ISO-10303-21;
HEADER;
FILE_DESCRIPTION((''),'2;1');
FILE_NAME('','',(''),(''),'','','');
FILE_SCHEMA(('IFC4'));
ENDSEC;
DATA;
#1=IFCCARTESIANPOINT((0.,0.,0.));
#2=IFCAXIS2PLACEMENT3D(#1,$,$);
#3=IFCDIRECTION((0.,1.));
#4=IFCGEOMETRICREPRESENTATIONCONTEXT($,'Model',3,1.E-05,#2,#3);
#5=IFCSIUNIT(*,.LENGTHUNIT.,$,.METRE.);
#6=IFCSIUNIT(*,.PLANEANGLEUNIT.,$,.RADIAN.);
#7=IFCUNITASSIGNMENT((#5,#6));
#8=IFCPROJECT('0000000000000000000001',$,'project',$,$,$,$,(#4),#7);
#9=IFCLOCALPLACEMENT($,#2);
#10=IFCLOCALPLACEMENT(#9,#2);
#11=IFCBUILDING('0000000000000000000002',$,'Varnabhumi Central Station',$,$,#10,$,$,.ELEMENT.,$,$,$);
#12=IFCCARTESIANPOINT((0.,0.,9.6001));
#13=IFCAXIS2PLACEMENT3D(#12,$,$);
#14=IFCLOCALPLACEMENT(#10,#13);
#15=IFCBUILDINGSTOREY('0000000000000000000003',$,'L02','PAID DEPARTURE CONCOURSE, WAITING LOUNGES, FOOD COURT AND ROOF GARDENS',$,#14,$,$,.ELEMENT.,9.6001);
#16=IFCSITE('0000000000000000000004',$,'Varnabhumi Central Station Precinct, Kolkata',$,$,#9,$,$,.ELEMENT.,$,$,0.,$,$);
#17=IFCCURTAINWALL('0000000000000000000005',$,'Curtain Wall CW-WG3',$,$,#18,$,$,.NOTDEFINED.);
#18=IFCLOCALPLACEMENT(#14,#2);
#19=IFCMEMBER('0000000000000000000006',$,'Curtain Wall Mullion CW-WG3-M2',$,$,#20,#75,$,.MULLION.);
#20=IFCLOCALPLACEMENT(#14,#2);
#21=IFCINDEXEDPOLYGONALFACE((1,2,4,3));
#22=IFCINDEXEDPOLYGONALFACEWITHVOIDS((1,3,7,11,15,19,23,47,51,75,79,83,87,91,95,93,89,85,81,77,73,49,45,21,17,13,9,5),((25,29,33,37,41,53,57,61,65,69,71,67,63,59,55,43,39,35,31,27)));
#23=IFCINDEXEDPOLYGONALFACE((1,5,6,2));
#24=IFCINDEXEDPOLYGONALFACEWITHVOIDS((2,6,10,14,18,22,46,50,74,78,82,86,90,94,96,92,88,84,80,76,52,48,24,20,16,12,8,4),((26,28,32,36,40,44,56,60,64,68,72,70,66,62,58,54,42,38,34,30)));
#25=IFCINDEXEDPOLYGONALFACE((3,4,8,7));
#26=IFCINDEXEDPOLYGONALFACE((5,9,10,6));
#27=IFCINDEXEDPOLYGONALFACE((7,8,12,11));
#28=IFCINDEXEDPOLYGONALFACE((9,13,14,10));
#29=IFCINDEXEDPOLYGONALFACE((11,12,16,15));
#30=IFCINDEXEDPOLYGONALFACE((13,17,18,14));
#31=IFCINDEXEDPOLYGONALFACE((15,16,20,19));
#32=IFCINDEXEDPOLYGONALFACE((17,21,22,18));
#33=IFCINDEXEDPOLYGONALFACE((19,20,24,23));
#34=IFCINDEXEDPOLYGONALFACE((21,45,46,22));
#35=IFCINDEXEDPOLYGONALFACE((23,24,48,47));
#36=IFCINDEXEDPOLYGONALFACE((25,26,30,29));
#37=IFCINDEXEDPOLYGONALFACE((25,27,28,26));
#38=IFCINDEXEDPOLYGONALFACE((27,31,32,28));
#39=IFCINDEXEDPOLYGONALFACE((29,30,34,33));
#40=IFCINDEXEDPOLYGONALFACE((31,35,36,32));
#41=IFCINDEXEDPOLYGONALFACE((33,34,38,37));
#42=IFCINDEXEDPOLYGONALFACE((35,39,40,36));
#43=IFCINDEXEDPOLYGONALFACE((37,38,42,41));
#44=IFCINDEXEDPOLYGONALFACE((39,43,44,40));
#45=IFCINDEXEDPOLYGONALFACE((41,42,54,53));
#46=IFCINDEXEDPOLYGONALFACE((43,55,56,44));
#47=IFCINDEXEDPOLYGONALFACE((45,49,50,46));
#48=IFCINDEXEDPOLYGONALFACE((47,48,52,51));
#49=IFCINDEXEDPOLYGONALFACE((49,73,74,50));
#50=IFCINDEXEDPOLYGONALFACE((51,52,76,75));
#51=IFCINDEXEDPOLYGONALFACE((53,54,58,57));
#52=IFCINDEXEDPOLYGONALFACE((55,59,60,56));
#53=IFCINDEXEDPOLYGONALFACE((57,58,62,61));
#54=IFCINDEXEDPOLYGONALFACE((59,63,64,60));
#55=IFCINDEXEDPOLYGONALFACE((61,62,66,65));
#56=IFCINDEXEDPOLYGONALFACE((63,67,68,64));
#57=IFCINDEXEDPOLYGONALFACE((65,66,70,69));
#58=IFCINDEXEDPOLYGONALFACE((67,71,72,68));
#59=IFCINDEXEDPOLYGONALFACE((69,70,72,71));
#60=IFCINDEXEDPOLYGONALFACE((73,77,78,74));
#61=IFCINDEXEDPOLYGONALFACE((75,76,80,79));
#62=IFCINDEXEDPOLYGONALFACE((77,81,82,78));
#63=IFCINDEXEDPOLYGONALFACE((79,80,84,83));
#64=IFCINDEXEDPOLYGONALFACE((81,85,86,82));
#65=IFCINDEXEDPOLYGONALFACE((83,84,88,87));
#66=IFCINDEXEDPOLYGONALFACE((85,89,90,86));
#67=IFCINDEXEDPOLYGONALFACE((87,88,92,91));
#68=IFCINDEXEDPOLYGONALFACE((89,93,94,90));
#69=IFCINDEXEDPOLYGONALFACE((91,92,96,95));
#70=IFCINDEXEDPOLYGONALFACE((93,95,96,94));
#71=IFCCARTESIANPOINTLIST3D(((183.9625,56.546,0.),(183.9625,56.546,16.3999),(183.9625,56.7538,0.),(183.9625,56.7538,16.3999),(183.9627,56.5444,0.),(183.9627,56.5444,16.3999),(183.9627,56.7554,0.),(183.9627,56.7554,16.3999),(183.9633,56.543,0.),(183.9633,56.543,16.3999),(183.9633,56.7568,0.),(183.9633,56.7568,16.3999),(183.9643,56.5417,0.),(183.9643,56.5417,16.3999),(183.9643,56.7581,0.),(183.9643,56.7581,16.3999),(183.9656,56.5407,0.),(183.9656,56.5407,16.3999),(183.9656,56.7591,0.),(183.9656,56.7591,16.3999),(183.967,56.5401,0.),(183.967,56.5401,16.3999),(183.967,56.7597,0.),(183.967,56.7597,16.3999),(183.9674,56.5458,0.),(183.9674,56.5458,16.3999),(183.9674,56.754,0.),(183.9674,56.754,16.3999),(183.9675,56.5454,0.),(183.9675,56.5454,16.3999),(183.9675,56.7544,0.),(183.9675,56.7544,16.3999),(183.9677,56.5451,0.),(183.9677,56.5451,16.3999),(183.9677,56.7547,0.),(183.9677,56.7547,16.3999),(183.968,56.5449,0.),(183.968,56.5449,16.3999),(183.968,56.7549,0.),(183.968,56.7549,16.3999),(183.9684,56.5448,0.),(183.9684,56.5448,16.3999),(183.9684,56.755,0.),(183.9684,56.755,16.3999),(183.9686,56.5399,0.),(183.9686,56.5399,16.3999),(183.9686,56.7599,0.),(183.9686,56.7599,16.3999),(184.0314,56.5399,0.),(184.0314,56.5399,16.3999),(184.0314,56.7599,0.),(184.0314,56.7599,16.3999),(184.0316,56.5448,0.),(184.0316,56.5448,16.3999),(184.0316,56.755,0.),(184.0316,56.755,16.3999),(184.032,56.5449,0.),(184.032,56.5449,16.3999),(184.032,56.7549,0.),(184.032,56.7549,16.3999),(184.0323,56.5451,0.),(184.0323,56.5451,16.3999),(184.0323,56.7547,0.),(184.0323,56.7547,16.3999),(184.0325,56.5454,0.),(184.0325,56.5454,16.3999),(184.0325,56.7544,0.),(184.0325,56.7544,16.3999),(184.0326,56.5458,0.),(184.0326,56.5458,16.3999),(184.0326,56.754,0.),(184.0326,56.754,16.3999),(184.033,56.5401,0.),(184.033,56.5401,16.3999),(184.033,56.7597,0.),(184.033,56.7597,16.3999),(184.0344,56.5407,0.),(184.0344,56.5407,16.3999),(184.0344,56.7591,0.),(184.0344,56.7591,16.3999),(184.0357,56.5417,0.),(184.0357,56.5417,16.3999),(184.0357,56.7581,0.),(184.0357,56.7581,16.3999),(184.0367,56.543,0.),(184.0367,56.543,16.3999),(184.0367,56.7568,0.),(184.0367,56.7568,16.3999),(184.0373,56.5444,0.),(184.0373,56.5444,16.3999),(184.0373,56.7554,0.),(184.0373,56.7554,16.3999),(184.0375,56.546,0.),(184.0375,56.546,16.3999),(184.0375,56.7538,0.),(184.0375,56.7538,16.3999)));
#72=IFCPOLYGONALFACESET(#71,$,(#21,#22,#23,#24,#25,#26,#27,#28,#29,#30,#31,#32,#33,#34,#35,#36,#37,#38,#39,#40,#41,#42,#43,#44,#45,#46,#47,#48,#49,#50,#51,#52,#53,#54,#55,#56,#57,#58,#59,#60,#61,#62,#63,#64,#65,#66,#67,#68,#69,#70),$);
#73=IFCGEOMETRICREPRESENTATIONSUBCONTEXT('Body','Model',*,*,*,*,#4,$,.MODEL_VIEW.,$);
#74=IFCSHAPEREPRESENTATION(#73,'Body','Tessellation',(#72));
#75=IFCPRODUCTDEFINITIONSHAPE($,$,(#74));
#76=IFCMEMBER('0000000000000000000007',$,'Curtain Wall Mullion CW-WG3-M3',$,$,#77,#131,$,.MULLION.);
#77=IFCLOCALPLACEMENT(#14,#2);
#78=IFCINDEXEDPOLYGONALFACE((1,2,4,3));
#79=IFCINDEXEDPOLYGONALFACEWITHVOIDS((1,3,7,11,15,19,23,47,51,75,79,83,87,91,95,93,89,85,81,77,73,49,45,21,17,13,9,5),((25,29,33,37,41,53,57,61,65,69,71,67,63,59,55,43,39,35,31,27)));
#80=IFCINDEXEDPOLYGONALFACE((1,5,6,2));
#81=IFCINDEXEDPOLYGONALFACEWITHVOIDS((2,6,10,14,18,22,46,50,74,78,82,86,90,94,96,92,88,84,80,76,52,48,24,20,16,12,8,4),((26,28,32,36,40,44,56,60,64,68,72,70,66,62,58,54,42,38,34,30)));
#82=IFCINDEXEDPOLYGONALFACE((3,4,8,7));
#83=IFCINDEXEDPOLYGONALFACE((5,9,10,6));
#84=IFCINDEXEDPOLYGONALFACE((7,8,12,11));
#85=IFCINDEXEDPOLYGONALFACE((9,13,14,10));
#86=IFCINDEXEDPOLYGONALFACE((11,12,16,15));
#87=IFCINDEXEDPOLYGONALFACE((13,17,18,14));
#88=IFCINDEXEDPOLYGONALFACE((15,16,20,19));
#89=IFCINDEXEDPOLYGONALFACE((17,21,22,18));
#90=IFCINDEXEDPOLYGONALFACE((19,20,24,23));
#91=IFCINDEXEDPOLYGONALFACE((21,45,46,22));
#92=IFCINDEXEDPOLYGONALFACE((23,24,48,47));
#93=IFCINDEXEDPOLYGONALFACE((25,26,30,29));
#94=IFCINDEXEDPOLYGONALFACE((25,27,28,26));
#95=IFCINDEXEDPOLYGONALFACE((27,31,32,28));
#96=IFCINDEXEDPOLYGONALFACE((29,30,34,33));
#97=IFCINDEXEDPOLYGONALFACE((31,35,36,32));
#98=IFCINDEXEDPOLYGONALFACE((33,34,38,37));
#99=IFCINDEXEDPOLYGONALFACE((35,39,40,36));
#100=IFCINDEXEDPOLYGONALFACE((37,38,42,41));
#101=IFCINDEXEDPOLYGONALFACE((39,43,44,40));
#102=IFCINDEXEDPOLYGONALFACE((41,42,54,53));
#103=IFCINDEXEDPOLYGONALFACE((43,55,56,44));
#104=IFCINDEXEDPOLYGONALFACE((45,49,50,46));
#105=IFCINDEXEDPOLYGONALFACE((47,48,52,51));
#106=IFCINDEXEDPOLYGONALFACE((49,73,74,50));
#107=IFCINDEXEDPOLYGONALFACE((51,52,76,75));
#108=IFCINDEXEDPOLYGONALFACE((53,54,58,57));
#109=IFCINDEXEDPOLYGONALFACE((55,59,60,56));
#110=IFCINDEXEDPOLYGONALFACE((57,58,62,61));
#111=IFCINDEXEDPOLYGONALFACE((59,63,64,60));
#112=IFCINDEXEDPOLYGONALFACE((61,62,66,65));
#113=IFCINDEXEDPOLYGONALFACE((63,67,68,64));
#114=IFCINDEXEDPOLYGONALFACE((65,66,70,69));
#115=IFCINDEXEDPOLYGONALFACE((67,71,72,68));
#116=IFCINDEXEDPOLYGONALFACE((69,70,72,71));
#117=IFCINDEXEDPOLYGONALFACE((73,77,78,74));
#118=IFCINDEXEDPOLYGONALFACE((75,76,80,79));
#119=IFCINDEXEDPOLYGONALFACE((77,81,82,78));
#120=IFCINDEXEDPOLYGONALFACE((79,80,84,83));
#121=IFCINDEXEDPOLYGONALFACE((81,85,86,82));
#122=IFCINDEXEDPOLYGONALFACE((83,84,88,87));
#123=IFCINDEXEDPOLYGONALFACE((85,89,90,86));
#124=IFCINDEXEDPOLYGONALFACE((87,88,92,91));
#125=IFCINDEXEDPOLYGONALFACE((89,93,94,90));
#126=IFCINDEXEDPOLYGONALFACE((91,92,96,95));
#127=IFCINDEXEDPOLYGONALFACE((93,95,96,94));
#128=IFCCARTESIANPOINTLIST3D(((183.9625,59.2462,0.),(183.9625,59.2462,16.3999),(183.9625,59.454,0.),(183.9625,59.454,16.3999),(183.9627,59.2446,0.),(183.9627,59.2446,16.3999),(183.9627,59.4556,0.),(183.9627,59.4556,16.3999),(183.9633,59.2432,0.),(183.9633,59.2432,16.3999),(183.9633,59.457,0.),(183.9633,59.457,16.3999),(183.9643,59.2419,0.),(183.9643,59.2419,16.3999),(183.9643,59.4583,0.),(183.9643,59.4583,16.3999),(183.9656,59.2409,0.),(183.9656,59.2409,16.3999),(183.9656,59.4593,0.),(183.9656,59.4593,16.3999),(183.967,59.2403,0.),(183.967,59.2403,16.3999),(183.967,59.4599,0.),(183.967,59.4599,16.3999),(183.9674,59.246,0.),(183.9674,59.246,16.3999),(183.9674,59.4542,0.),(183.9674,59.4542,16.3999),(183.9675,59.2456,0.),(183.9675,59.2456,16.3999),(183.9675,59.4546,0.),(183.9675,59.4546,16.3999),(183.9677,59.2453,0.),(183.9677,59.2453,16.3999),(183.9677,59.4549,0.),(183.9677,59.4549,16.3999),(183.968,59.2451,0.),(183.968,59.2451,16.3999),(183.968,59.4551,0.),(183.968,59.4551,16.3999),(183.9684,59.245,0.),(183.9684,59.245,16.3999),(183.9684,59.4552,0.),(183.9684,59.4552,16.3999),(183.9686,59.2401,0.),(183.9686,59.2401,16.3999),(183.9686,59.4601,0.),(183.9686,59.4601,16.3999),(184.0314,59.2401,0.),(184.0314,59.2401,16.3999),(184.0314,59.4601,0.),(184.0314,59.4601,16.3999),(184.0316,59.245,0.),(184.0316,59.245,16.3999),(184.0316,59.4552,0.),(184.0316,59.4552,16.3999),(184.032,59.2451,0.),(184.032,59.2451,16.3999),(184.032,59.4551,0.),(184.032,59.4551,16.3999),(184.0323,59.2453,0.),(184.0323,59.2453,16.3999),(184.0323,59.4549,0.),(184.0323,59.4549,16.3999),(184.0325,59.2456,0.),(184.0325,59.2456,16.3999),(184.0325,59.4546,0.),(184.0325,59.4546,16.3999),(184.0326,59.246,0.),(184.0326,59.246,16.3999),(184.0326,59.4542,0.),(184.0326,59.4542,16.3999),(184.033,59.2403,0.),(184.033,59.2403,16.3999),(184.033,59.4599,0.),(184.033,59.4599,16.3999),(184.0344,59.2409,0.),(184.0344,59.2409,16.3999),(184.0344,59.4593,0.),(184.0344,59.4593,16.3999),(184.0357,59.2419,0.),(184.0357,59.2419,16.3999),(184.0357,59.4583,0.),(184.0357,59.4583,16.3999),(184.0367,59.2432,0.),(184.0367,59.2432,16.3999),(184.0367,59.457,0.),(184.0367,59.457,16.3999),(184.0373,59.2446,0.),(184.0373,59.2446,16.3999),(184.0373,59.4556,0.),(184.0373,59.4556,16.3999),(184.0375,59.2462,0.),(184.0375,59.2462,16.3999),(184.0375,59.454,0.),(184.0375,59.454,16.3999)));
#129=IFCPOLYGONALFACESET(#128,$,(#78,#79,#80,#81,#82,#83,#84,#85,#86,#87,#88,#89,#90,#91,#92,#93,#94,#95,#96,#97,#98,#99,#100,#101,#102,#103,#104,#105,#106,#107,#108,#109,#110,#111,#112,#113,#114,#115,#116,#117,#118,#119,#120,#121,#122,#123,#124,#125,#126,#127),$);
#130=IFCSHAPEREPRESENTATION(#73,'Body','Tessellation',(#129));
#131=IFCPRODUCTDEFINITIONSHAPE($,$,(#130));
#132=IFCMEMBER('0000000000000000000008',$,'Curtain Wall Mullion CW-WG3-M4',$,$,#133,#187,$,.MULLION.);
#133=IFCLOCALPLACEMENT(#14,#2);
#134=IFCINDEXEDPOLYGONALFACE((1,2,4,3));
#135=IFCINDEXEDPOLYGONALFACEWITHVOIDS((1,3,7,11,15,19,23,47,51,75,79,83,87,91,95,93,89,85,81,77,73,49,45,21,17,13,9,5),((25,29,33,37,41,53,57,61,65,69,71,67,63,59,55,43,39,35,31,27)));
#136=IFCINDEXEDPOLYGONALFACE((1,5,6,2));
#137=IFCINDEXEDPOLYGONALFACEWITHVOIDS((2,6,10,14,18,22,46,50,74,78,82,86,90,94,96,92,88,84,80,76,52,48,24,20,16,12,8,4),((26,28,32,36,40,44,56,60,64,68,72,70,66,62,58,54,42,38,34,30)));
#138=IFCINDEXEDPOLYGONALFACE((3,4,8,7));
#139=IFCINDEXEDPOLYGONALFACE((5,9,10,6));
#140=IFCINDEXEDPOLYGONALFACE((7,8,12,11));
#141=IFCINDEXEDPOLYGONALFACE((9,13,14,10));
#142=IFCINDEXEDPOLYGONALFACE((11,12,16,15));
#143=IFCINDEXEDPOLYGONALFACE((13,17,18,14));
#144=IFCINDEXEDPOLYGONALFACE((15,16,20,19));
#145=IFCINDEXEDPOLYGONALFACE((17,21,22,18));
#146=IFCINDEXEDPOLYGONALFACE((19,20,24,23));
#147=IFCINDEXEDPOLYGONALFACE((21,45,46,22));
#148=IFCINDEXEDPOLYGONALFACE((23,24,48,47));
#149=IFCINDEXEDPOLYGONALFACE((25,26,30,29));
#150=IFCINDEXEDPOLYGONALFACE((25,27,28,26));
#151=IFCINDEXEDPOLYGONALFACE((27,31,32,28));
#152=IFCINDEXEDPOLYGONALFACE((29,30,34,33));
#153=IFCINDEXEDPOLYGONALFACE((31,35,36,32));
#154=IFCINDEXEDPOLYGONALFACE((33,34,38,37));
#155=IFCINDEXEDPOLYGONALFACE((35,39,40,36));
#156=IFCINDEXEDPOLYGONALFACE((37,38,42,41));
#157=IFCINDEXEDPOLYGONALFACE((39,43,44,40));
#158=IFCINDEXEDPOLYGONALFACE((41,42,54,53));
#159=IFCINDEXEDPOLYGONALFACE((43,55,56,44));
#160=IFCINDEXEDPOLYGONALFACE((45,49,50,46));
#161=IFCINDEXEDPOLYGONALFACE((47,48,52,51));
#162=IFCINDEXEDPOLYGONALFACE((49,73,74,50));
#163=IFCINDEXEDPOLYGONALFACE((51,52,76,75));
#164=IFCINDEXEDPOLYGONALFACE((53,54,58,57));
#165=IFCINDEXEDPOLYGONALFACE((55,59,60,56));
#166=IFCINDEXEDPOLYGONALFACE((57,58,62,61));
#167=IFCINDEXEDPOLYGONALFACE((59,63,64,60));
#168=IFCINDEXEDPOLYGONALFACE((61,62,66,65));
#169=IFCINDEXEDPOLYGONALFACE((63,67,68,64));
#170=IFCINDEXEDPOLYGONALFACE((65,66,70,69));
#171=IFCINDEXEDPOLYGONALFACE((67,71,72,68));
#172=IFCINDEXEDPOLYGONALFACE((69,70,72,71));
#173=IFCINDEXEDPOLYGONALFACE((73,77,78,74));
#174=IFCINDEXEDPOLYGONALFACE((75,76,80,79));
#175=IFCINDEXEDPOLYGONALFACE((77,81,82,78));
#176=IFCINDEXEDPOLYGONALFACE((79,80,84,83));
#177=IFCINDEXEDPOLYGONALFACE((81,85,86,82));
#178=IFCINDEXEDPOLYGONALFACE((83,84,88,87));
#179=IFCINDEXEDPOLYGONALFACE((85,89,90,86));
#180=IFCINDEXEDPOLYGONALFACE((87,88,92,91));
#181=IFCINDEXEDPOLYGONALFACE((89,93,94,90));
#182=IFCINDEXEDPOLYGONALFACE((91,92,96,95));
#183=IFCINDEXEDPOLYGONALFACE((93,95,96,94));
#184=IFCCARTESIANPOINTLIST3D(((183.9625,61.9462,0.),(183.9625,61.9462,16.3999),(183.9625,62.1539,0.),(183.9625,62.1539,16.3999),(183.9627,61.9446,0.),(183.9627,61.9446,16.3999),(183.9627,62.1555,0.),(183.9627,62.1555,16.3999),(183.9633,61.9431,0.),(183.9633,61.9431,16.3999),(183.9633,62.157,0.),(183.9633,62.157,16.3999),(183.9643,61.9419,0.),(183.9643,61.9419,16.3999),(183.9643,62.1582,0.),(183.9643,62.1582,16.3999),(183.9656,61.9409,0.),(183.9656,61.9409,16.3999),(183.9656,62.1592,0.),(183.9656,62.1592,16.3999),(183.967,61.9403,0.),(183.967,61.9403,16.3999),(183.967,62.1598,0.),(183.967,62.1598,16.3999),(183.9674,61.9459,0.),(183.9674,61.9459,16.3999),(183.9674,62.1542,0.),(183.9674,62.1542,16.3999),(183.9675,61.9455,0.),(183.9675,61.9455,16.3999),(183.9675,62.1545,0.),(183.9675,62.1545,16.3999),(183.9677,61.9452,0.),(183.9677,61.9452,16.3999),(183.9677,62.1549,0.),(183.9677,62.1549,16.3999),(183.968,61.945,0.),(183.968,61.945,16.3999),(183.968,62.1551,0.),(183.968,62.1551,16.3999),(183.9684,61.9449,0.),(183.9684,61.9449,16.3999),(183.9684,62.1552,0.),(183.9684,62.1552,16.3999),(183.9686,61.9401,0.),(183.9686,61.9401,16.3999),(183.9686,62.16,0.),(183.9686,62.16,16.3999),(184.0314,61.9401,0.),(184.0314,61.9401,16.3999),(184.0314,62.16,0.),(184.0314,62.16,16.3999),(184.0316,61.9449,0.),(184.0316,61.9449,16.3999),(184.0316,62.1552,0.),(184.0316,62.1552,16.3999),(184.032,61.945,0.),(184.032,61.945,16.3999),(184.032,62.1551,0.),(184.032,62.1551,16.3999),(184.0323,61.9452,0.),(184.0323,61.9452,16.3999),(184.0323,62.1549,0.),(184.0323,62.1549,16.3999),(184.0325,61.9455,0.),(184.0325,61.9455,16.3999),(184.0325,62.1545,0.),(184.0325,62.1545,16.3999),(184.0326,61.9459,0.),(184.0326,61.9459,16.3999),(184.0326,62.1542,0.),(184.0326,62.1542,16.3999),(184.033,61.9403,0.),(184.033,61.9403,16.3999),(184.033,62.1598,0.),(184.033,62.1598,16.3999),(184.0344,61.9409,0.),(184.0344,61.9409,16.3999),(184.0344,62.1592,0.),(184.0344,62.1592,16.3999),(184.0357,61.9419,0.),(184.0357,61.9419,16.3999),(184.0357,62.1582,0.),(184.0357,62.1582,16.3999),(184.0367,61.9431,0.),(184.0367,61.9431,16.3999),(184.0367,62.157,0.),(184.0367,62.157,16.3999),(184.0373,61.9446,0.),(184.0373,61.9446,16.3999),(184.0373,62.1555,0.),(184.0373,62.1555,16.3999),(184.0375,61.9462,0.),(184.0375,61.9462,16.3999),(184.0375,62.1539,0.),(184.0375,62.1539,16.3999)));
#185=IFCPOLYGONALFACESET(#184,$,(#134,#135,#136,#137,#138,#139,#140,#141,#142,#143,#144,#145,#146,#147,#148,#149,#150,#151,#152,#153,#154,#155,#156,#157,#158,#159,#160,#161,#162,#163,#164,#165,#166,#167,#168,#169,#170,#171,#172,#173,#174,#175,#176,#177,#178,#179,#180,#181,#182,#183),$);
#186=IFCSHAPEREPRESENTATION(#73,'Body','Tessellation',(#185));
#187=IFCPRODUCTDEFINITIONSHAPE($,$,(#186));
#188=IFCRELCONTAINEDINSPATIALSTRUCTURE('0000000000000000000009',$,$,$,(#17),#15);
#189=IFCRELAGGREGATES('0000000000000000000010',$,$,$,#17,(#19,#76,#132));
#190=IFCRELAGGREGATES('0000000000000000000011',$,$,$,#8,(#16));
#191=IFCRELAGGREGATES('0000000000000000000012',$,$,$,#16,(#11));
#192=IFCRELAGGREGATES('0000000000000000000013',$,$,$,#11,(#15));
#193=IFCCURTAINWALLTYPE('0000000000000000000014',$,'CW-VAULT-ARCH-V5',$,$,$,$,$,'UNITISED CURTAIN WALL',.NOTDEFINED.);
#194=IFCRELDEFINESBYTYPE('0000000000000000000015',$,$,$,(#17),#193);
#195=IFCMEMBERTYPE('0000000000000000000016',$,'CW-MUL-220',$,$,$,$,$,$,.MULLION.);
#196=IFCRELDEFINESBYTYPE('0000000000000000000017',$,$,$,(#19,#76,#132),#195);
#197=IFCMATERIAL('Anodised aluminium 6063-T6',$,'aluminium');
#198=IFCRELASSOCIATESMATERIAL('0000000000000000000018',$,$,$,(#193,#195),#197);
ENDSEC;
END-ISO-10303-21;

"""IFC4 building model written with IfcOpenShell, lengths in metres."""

from ifc_helpers import new_model, si_unit, direction, frame, origin, origin_2d, place, context, subcontext, project, spatial, hollow_rectangle, extrude, material, material_profile, profile_set, type_object, element, aggregate, save


model = new_model("IFC4")

# Units and contexts
model_context = context("Model", 3, precision=1e-05, world=origin(), true_north=direction((0.0, 1.0)))
body_context = subcontext(model_context, "Body", "Model", "MODEL_VIEW")
ifc_project = project(units=[si_unit("LENGTHUNIT", "METRE"), si_unit("PLANEANGLEUNIT", "RADIAN")], contexts=[model_context])

# Site, building, storey
site_placement = place(None, origin())
site = spatial("IfcSite", under=ifc_project, at=site_placement, Name="Varnabhumi Central Station Precinct, Kolkata", CompositionType="ELEMENT", RefElevation=0.0)
building_placement = place(site_placement, origin())
building = spatial("IfcBuilding", under=site, at=building_placement, Name="Varnabhumi Central Station", CompositionType="ELEMENT")
storey_placement = place(building_placement, frame((0.0, 0.0, 9.6001)))
storey = spatial("IfcBuildingStorey", under=building, at=storey_placement, Name="L02", Description="PAID DEPARTURE CONCOURSE, WAITING LOUNGES, FOOD COURT AND ROOF GARDENS", CompositionType="ELEMENT", Elevation=9.6001)

# Curtain wall, members
ifc_material_1 = material(Name="Anodised aluminium 6063-T6", Category="aluminium")
curtain_wall_type = type_object("IfcCurtainWallType", Name="CW-VAULT-ARCH-V5", ElementType="UNITISED CURTAIN WALL", PredefinedType="NOTDEFINED", material=ifc_material_1)
curtain_wall_1_placement = place(storey_placement, origin())
curtain_wall_1 = element("IfcCurtainWall", 1, at=curtain_wall_1_placement, inside=storey, type_object=curtain_wall_type, Name="Curtain Wall CW-WG3", PredefinedType="NOTDEFINED")
ifc_material_profile_1 = material_profile(ifc_material_1, hollow_rectangle(XDim=0.075, YDim=0.22, WallThickness=0.0049, InnerFilletRadius=0.001, OuterFilletRadius=0.0061, at=origin_2d()), Name="Anodised aluminium 6063-T6", Category="aluminium")
ifc_profile_set_1 = profile_set([ifc_material_profile_1], Name="Anodised aluminium 6063-T6")
member_type_1 = type_object("IfcMemberType", Name="CW-MUL-220", PredefinedType="MULLION", material=ifc_profile_set_1)
member_1_placement = place(storey_placement, frame((184.0, 56.6499, 0.0), z_axis=(0.0, 0.0, 1.0), x_axis=(1.0, 0.0, 0.0)))
member_1 = element("IfcMember", 2, at=member_1_placement, type_object=member_type_1, Name="Curtain Wall Mullion CW-WG3-M2", PredefinedType="MULLION", context=body_context, shape_type="SweptSolid", body=[
    extrude(hollow_rectangle(XDim=0.075, YDim=0.22, WallThickness=0.0049, InnerFilletRadius=0.001, OuterFilletRadius=0.0061, at=origin_2d()), origin(), (0.0, 0.0, 1.0), 16.3999),
])
member_2_placement = place(storey_placement, frame((184.0, 59.3501, 0.0), z_axis=(0.0, 0.0, 1.0), x_axis=(1.0, 0.0, 0.0)))
member_2 = element("IfcMember", 3, at=member_2_placement, type_object=member_type_1, Name="Curtain Wall Mullion CW-WG3-M3", PredefinedType="MULLION", context=body_context, shape_type="SweptSolid", body=[
    extrude(hollow_rectangle(XDim=0.075, YDim=0.22, WallThickness=0.0049, InnerFilletRadius=0.001, OuterFilletRadius=0.0061, at=origin_2d()), origin(), (0.0, 0.0, 1.0), 16.3999),
])
member_3_placement = place(storey_placement, frame((184.0, 62.05, 0.0), z_axis=(0.0, 0.0, 1.0), x_axis=(1.0, 0.0, 0.0)))
member_3 = element("IfcMember", 4, at=member_3_placement, type_object=member_type_1, Name="Curtain Wall Mullion CW-WG3-M4", PredefinedType="MULLION", context=body_context, shape_type="SweptSolid", body=[
    extrude(hollow_rectangle(XDim=0.075, YDim=0.22, WallThickness=0.0049, InnerFilletRadius=0.001, OuterFilletRadius=0.0061, at=origin_2d()), origin(), (0.0, 0.0, 1.0), 16.3999),
])

aggregate(curtain_wall_1, [member_1, member_2, member_3])

save(model, "model.ifc")
